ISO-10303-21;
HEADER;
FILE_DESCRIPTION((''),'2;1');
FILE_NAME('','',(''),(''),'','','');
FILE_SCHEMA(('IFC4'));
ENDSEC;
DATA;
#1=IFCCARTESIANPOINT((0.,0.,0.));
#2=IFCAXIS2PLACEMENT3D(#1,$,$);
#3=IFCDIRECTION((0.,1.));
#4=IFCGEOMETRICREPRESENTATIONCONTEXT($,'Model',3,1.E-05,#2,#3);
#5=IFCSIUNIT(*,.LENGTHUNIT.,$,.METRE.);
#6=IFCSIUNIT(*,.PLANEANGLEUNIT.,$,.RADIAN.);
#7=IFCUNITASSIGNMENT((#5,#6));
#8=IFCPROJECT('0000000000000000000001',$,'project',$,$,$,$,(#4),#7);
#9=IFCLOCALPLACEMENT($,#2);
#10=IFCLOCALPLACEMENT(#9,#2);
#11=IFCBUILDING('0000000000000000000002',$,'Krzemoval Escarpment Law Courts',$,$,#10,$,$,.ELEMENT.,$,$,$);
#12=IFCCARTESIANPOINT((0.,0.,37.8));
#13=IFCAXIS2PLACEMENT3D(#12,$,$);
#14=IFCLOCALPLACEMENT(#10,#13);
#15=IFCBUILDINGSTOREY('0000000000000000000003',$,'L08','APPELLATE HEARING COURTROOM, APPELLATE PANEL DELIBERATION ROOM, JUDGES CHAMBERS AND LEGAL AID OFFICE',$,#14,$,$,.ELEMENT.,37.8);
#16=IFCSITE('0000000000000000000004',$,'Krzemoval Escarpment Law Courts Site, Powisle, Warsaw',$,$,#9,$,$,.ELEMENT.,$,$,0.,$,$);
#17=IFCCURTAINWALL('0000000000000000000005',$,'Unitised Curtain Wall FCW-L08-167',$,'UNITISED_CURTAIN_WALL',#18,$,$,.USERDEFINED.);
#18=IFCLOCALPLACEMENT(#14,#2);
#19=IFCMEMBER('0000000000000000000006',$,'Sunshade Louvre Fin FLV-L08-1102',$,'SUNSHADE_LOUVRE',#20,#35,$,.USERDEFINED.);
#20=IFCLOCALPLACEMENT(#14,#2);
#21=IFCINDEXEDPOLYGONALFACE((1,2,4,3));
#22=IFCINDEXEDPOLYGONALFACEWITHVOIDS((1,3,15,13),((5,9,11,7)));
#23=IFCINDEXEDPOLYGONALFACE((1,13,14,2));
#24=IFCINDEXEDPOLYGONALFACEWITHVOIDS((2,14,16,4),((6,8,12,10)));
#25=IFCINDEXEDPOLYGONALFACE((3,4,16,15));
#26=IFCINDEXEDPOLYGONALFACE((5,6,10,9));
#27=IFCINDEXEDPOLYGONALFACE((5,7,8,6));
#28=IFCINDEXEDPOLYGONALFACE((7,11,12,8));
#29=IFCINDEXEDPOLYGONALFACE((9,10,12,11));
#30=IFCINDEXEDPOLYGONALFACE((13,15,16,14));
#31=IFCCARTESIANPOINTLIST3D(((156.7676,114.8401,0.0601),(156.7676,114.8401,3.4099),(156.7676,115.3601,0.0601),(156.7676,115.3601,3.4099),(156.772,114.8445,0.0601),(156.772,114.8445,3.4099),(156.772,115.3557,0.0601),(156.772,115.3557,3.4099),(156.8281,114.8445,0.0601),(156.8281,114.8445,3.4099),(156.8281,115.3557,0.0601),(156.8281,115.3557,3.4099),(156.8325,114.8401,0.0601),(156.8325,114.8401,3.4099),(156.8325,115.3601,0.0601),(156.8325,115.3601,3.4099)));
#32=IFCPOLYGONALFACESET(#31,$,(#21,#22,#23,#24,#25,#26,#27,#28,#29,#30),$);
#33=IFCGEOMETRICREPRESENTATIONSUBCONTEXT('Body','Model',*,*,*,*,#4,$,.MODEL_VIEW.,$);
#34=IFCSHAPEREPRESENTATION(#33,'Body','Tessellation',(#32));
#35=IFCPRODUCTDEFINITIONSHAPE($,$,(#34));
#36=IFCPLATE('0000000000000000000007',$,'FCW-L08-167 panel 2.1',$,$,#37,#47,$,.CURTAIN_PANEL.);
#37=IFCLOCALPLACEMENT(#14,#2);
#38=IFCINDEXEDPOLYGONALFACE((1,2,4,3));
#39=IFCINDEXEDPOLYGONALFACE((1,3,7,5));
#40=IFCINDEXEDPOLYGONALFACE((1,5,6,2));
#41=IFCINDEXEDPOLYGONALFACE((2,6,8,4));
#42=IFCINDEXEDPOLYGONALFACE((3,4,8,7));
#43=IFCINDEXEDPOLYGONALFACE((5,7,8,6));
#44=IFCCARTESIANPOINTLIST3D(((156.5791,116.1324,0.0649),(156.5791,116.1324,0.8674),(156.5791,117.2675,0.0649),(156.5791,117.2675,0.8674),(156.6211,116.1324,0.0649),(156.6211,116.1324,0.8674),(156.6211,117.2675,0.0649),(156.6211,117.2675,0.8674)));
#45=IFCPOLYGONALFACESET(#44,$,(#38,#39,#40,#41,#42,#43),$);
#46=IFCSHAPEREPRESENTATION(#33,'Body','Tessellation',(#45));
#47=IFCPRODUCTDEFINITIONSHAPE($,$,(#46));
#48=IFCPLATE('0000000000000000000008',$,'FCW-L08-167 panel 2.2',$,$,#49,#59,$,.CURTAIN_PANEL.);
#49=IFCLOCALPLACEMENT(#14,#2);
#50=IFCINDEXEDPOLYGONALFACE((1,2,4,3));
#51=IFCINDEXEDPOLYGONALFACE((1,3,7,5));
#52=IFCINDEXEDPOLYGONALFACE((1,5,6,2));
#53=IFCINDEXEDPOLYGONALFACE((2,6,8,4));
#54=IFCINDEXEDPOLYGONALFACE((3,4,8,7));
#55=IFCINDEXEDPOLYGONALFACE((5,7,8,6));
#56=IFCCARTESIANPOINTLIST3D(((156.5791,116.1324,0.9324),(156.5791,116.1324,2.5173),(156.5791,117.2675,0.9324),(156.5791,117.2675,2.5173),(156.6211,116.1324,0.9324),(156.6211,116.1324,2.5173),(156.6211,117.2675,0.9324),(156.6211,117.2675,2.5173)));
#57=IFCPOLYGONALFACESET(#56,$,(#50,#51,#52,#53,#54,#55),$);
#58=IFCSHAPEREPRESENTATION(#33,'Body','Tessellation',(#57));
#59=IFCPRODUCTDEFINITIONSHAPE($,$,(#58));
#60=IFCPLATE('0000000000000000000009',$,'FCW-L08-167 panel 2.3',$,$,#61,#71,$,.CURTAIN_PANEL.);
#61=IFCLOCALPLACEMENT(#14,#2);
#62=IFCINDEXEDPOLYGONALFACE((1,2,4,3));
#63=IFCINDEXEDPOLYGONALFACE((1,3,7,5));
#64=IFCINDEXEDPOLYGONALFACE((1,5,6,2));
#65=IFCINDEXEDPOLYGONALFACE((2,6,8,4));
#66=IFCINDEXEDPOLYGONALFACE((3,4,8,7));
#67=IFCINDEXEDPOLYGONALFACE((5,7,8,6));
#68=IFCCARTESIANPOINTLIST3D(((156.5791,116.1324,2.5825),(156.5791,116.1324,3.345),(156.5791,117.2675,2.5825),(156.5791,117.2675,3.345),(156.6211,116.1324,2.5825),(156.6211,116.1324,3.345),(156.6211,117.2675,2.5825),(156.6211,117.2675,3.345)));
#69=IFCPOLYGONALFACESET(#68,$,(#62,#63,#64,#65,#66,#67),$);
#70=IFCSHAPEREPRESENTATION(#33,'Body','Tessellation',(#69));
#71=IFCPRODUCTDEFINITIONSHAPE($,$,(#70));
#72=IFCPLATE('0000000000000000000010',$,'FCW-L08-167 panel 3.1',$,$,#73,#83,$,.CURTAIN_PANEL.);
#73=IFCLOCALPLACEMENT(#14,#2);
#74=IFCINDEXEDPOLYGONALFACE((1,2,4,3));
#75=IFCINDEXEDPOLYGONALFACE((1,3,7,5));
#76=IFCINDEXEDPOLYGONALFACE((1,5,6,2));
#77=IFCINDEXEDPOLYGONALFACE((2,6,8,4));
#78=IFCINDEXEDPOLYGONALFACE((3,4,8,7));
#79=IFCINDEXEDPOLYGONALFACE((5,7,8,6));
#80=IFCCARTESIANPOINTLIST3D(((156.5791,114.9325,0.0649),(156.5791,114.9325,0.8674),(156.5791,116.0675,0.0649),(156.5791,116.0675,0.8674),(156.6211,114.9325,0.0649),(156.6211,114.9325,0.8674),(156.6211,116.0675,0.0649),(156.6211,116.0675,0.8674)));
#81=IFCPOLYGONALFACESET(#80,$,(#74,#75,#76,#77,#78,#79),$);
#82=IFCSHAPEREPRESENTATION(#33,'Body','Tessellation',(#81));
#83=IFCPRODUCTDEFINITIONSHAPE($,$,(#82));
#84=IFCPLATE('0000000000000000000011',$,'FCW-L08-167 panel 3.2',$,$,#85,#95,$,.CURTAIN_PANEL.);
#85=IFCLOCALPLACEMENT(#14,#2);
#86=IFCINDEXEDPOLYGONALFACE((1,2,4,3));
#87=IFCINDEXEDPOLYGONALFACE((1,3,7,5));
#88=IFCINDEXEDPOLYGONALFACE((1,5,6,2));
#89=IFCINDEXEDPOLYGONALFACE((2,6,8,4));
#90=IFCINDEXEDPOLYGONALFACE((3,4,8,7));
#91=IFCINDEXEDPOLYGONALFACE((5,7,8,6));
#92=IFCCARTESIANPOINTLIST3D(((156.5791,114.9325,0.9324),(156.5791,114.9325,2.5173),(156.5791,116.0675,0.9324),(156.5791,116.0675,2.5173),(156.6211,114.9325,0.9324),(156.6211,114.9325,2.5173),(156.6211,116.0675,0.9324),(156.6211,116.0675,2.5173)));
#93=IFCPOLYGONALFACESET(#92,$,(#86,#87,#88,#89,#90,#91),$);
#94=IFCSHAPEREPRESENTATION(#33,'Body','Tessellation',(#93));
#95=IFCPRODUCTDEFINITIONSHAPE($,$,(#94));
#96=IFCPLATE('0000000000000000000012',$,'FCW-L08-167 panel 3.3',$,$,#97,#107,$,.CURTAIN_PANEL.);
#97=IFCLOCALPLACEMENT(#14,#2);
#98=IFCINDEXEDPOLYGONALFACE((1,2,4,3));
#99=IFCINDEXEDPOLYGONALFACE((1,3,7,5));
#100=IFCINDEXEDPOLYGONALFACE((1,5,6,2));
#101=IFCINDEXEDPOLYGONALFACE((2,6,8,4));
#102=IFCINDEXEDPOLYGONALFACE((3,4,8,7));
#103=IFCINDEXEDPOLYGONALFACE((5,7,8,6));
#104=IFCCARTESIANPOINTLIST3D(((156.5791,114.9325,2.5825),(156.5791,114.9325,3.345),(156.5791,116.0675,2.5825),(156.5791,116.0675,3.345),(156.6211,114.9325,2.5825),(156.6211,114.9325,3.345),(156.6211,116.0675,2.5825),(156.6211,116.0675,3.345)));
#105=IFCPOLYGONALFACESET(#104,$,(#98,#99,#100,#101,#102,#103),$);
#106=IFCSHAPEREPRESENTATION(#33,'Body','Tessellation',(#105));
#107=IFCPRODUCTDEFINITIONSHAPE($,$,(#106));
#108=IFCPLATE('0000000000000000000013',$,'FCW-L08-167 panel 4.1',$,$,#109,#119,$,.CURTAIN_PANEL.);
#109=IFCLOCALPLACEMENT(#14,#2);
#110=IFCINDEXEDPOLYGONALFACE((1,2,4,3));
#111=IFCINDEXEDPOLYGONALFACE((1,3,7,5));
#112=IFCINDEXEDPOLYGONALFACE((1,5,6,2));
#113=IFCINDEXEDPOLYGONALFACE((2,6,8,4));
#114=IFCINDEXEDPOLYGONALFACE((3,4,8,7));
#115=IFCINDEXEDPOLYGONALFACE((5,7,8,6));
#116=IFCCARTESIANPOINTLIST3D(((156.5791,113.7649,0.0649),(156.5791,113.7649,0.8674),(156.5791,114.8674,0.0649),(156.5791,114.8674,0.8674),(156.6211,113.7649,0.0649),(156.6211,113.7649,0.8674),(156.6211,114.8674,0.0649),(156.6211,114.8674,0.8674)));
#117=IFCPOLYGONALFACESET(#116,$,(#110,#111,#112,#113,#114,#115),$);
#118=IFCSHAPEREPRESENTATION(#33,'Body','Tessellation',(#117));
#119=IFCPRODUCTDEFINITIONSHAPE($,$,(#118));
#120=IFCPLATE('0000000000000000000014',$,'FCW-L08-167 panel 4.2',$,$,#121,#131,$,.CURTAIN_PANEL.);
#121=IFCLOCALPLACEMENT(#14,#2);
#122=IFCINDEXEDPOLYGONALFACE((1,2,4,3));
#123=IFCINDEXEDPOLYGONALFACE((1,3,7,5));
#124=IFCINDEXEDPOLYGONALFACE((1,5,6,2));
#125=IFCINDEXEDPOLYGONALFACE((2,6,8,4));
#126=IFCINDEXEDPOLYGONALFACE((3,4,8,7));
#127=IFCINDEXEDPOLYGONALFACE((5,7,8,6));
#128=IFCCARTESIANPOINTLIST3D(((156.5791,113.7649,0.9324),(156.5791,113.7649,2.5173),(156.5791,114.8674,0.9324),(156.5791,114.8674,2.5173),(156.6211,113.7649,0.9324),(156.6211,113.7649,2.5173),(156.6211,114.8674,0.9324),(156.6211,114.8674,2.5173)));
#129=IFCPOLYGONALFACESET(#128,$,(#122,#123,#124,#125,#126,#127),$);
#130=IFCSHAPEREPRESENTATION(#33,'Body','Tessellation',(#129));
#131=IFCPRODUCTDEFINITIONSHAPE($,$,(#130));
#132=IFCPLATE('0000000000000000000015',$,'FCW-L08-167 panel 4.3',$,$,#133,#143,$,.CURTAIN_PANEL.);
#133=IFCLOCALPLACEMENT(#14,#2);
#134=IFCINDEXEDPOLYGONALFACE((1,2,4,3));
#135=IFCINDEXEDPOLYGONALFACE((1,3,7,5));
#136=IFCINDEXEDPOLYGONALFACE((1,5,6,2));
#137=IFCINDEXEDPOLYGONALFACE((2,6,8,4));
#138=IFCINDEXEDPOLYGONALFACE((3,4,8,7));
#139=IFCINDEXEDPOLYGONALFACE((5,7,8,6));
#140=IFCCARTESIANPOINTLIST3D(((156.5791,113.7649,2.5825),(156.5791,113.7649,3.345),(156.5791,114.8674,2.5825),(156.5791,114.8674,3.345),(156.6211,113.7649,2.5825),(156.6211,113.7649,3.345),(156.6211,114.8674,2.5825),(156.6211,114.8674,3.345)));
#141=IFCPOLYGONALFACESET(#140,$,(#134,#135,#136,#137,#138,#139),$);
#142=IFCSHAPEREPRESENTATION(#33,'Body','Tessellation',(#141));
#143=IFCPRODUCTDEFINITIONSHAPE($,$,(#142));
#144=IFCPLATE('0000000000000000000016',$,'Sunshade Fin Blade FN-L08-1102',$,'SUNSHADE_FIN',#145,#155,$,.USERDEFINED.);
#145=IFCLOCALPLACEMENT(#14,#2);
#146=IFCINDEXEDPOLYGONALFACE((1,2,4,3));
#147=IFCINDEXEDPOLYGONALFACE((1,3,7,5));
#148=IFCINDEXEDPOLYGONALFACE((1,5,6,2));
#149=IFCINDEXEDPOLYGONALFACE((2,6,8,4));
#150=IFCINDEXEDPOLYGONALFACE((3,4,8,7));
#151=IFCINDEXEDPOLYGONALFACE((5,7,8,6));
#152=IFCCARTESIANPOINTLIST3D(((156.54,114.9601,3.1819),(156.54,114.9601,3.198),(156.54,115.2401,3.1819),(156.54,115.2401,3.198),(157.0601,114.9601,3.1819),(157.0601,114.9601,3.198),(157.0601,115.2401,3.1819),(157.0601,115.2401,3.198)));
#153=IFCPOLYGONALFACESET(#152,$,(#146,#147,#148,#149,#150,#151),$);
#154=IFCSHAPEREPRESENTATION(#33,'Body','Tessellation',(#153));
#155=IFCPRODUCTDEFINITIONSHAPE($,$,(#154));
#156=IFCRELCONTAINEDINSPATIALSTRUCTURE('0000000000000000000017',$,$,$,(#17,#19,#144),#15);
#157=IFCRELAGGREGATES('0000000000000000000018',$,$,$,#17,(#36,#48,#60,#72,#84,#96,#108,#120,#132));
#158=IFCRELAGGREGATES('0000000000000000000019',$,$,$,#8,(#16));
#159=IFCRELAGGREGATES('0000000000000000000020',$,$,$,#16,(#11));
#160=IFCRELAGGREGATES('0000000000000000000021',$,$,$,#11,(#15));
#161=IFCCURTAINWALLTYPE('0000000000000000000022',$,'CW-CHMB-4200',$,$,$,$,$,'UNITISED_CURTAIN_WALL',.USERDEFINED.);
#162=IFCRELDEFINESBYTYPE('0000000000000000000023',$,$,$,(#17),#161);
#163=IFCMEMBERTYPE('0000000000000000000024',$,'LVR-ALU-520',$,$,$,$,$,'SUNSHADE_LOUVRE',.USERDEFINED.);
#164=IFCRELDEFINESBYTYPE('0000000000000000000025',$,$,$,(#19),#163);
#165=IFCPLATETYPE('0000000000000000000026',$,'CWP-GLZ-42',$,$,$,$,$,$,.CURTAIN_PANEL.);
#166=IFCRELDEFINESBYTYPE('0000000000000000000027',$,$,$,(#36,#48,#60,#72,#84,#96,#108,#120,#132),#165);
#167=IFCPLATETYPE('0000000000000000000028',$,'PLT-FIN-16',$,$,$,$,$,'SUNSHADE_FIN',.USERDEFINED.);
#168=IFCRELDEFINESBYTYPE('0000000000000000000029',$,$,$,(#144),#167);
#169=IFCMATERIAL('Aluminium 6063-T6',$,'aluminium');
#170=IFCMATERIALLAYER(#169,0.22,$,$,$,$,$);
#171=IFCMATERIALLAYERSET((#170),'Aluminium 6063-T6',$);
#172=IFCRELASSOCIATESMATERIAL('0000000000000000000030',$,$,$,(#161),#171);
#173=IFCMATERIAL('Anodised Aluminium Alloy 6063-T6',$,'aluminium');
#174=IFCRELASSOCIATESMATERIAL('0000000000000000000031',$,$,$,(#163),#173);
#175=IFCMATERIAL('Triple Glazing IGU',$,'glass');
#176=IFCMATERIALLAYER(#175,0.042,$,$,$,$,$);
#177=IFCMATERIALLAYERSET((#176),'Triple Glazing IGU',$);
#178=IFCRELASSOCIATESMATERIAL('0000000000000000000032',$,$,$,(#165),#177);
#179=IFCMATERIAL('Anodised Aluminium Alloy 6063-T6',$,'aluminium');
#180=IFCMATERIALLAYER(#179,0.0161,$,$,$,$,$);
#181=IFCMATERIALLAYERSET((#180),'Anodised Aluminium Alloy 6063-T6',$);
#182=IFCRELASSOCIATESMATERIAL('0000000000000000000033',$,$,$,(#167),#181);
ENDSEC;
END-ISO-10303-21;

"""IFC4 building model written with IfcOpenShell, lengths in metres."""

from ifc_helpers import new_model, si_unit, direction, frame, origin, origin_2d, place, context, subcontext, project, spatial, rectangle, hollow_rectangle, extrude, material, layer, layer_set, material_profile, profile_set, type_object, element, aggregate, save


model = new_model("IFC4")

# Units and contexts
model_context = context("Model", 3, precision=1e-05, world=origin(), true_north=direction((0.0, 1.0)))
body_context = subcontext(model_context, "Body", "Model", "MODEL_VIEW")
ifc_project = project(units=[si_unit("LENGTHUNIT", "METRE"), si_unit("PLANEANGLEUNIT", "RADIAN")], contexts=[model_context])

# Site, building, storey
site_placement = place(None, origin())
site = spatial("IfcSite", under=ifc_project, at=site_placement, Name="Krzemoval Escarpment Law Courts Site, Powisle, Warsaw", CompositionType="ELEMENT", RefElevation=0.0)
building_placement = place(site_placement, origin())
building = spatial("IfcBuilding", under=site, at=building_placement, Name="Krzemoval Escarpment Law Courts", CompositionType="ELEMENT")
storey_placement = place(building_placement, frame((0.0, 0.0, 37.8)))
storey = spatial("IfcBuildingStorey", under=building, at=storey_placement, Name="L08", Description="APPELLATE HEARING COURTROOM, APPELLATE PANEL DELIBERATION ROOM, JUDGES CHAMBERS AND LEGAL AID OFFICE", CompositionType="ELEMENT", Elevation=37.8)

# Curtain wall
ifc_material_1 = material(Name="Aluminium 6063-T6", Category="aluminium")
ifc_layer_1 = layer(ifc_material_1, 0.22)
ifc_layer_set_1 = layer_set([ifc_layer_1], Name="Aluminium 6063-T6")
curtain_wall_type = type_object("IfcCurtainWallType", Name="CW-CHMB-4200", ElementType="UNITISED_CURTAIN_WALL", PredefinedType="USERDEFINED", material=ifc_layer_set_1)
curtain_wall_placement = place(storey_placement, origin())
curtain_wall = element("IfcCurtainWall", 1, at=curtain_wall_placement, inside=storey, type_object=curtain_wall_type, Name="Unitised Curtain Wall FCW-L08-167", ObjectType="UNITISED_CURTAIN_WALL", PredefinedType="USERDEFINED")

# Member
ifc_material_2 = material(Name="Anodised Aluminium Alloy 6063-T6", Category="aluminium")
ifc_material_profile_1 = material_profile(ifc_material_2, hollow_rectangle(XDim=0.0649, YDim=0.52, WallThickness=0.0044, at=origin_2d()), Name="ALU LVR 65x520")
ifc_profile_set_1 = profile_set([ifc_material_profile_1], Name="Anodised Aluminium Alloy 6063-T6")
member_type_1 = type_object("IfcMemberType", Name="LVR-ALU-520", ElementType="SUNSHADE_LOUVRE", PredefinedType="USERDEFINED", material=ifc_profile_set_1)
for number, where, z_axis, x_axis, name in (
    (2, (156.8, 115.1001, 0.0601), (0.0, 0.0, 1.0), (1.0, 0.0, 0.0), "Sunshade Louvre Fin FLV-L08-1102"),
):
    element("IfcMember", number, at=place(storey_placement, frame(where, z_axis=z_axis, x_axis=x_axis)), inside=storey, type_object=member_type_1, Name=name, ObjectType="SUNSHADE_LOUVRE", PredefinedType="USERDEFINED", context=body_context, shape_type="SweptSolid", body=[
        extrude(hollow_rectangle(XDim=0.0649, YDim=0.52, WallThickness=0.0044, at=origin_2d()), origin(), (0.0, 0.0, 1.0), 3.3499),
    ])

# Plates
ifc_material_3 = material(Name="Triple Glazing IGU", Category="glass")
ifc_layer_2 = layer(ifc_material_3, 0.042)
ifc_layer_set_2 = layer_set([ifc_layer_2], Name="Triple Glazing IGU")
plate_type_1 = type_object("IfcPlateType", Name="CWP-GLZ-42", PredefinedType="CURTAIN_PANEL", material=ifc_layer_set_2)
plate_1_placement = place(storey_placement, frame((156.6001, 116.7, 0.0649), z_axis=(0.0, 0.0, 1.0), x_axis=(0.0, -1.0, 0.0)))
plate_1 = element("IfcPlate", 3, at=plate_1_placement, type_object=plate_type_1, Name="FCW-L08-167 panel 2.1", PredefinedType="CURTAIN_PANEL", context=body_context, shape_type="SweptSolid", body=[
    extrude(rectangle(XDim=1.135, YDim=0.042, at=origin_2d()), origin(), (0.0, 0.0, 1.0), 0.8025),
])
plate_2_placement = place(storey_placement, frame((156.6001, 116.7, 0.9324), z_axis=(0.0, 0.0, 1.0), x_axis=(0.0, -1.0, 0.0)))
plate_2 = element("IfcPlate", 4, at=plate_2_placement, type_object=plate_type_1, Name="FCW-L08-167 panel 2.2", PredefinedType="CURTAIN_PANEL", context=body_context, shape_type="SweptSolid", body=[
    extrude(rectangle(XDim=1.135, YDim=0.042, at=origin_2d()), origin(), (0.0, 0.0, 1.0), 1.585),
])
plate_3_placement = place(storey_placement, frame((156.6001, 116.7, 2.5825), z_axis=(0.0, 0.0, 1.0), x_axis=(0.0, -1.0, 0.0)))
plate_3 = element("IfcPlate", 5, at=plate_3_placement, type_object=plate_type_1, Name="FCW-L08-167 panel 2.3", PredefinedType="CURTAIN_PANEL", context=body_context, shape_type="SweptSolid", body=[
    extrude(rectangle(XDim=1.135, YDim=0.042, at=origin_2d()), origin(), (0.0, 0.0, 1.0), 0.7625),
])
plate_4_placement = place(storey_placement, frame((156.6001, 115.5, 0.0649), z_axis=(0.0, 0.0, 1.0), x_axis=(0.0, -1.0, 0.0)))
plate_4 = element("IfcPlate", 6, at=plate_4_placement, type_object=plate_type_1, Name="FCW-L08-167 panel 3.1", PredefinedType="CURTAIN_PANEL", context=body_context, shape_type="SweptSolid", body=[
    extrude(rectangle(XDim=1.135, YDim=0.042, at=origin_2d()), origin(), (0.0, 0.0, 1.0), 0.8025),
])
plate_5_placement = place(storey_placement, frame((156.6001, 115.5, 0.9324), z_axis=(0.0, 0.0, 1.0), x_axis=(0.0, -1.0, 0.0)))
plate_5 = element("IfcPlate", 7, at=plate_5_placement, type_object=plate_type_1, Name="FCW-L08-167 panel 3.2", PredefinedType="CURTAIN_PANEL", context=body_context, shape_type="SweptSolid", body=[
    extrude(rectangle(XDim=1.135, YDim=0.042, at=origin_2d()), origin(), (0.0, 0.0, 1.0), 1.585),
])
plate_6_placement = place(storey_placement, frame((156.6001, 115.5, 2.5825), z_axis=(0.0, 0.0, 1.0), x_axis=(0.0, -1.0, 0.0)))
plate_6 = element("IfcPlate", 8, at=plate_6_placement, type_object=plate_type_1, Name="FCW-L08-167 panel 3.3", PredefinedType="CURTAIN_PANEL", context=body_context, shape_type="SweptSolid", body=[
    extrude(rectangle(XDim=1.135, YDim=0.042, at=origin_2d()), origin(), (0.0, 0.0, 1.0), 0.7625),
])
plate_7_placement = place(storey_placement, frame((156.6001, 114.3162, 0.0649), z_axis=(0.0, 0.0, 1.0), x_axis=(0.0, -1.0, 0.0)))
plate_7 = element("IfcPlate", 9, at=plate_7_placement, type_object=plate_type_1, Name="FCW-L08-167 panel 4.1", PredefinedType="CURTAIN_PANEL", context=body_context, shape_type="SweptSolid", body=[
    extrude(rectangle(XDim=1.1025, YDim=0.042, at=origin_2d()), origin(), (0.0, 0.0, 1.0), 0.8025),
])
plate_8_placement = place(storey_placement, frame((156.6001, 114.3162, 0.9324), z_axis=(0.0, 0.0, 1.0), x_axis=(0.0, -1.0, 0.0)))
plate_8 = element("IfcPlate", 10, at=plate_8_placement, type_object=plate_type_1, Name="FCW-L08-167 panel 4.2", PredefinedType="CURTAIN_PANEL", context=body_context, shape_type="SweptSolid", body=[
    extrude(rectangle(XDim=1.1025, YDim=0.042, at=origin_2d()), origin(), (0.0, 0.0, 1.0), 1.585),
])
plate_9_placement = place(storey_placement, frame((156.6001, 114.3162, 2.5825), z_axis=(0.0, 0.0, 1.0), x_axis=(0.0, -1.0, 0.0)))
plate_9 = element("IfcPlate", 11, at=plate_9_placement, type_object=plate_type_1, Name="FCW-L08-167 panel 4.3", PredefinedType="CURTAIN_PANEL", context=body_context, shape_type="SweptSolid", body=[
    extrude(rectangle(XDim=1.1025, YDim=0.042, at=origin_2d()), origin(), (0.0, 0.0, 1.0), 0.7625),
])
aggregate(curtain_wall, [plate_1, plate_2, plate_3, plate_4, plate_5, plate_6, plate_7, plate_8, plate_9])
ifc_material_4 = material(Name="Anodised Aluminium Alloy 6063-T6", Category="aluminium")
ifc_layer_3 = layer(ifc_material_4, 0.0161)
ifc_layer_set_3 = layer_set([ifc_layer_3], Name="Anodised Aluminium Alloy 6063-T6")
plate_type_2 = type_object("IfcPlateType", Name="PLT-FIN-16", ElementType="SUNSHADE_FIN", PredefinedType="USERDEFINED", material=ifc_layer_set_3)
plate_10_placement = place(storey_placement, frame((156.8, 115.1001, 3.1819), z_axis=(0.0, 0.0, 1.0), x_axis=(1.0, 0.0, 0.0)))
element("IfcPlate", 12, at=plate_10_placement, inside=storey, type_object=plate_type_2, Name="Sunshade Fin Blade FN-L08-1102", ObjectType="SUNSHADE_FIN", PredefinedType="USERDEFINED", context=body_context, shape_type="SweptSolid", body=[
    extrude(rectangle(XDim=0.52, YDim=0.28, at=origin_2d()), origin(), (0.0, 0.0, 1.0), 0.0161),
])

save(model, "model.ifc")
